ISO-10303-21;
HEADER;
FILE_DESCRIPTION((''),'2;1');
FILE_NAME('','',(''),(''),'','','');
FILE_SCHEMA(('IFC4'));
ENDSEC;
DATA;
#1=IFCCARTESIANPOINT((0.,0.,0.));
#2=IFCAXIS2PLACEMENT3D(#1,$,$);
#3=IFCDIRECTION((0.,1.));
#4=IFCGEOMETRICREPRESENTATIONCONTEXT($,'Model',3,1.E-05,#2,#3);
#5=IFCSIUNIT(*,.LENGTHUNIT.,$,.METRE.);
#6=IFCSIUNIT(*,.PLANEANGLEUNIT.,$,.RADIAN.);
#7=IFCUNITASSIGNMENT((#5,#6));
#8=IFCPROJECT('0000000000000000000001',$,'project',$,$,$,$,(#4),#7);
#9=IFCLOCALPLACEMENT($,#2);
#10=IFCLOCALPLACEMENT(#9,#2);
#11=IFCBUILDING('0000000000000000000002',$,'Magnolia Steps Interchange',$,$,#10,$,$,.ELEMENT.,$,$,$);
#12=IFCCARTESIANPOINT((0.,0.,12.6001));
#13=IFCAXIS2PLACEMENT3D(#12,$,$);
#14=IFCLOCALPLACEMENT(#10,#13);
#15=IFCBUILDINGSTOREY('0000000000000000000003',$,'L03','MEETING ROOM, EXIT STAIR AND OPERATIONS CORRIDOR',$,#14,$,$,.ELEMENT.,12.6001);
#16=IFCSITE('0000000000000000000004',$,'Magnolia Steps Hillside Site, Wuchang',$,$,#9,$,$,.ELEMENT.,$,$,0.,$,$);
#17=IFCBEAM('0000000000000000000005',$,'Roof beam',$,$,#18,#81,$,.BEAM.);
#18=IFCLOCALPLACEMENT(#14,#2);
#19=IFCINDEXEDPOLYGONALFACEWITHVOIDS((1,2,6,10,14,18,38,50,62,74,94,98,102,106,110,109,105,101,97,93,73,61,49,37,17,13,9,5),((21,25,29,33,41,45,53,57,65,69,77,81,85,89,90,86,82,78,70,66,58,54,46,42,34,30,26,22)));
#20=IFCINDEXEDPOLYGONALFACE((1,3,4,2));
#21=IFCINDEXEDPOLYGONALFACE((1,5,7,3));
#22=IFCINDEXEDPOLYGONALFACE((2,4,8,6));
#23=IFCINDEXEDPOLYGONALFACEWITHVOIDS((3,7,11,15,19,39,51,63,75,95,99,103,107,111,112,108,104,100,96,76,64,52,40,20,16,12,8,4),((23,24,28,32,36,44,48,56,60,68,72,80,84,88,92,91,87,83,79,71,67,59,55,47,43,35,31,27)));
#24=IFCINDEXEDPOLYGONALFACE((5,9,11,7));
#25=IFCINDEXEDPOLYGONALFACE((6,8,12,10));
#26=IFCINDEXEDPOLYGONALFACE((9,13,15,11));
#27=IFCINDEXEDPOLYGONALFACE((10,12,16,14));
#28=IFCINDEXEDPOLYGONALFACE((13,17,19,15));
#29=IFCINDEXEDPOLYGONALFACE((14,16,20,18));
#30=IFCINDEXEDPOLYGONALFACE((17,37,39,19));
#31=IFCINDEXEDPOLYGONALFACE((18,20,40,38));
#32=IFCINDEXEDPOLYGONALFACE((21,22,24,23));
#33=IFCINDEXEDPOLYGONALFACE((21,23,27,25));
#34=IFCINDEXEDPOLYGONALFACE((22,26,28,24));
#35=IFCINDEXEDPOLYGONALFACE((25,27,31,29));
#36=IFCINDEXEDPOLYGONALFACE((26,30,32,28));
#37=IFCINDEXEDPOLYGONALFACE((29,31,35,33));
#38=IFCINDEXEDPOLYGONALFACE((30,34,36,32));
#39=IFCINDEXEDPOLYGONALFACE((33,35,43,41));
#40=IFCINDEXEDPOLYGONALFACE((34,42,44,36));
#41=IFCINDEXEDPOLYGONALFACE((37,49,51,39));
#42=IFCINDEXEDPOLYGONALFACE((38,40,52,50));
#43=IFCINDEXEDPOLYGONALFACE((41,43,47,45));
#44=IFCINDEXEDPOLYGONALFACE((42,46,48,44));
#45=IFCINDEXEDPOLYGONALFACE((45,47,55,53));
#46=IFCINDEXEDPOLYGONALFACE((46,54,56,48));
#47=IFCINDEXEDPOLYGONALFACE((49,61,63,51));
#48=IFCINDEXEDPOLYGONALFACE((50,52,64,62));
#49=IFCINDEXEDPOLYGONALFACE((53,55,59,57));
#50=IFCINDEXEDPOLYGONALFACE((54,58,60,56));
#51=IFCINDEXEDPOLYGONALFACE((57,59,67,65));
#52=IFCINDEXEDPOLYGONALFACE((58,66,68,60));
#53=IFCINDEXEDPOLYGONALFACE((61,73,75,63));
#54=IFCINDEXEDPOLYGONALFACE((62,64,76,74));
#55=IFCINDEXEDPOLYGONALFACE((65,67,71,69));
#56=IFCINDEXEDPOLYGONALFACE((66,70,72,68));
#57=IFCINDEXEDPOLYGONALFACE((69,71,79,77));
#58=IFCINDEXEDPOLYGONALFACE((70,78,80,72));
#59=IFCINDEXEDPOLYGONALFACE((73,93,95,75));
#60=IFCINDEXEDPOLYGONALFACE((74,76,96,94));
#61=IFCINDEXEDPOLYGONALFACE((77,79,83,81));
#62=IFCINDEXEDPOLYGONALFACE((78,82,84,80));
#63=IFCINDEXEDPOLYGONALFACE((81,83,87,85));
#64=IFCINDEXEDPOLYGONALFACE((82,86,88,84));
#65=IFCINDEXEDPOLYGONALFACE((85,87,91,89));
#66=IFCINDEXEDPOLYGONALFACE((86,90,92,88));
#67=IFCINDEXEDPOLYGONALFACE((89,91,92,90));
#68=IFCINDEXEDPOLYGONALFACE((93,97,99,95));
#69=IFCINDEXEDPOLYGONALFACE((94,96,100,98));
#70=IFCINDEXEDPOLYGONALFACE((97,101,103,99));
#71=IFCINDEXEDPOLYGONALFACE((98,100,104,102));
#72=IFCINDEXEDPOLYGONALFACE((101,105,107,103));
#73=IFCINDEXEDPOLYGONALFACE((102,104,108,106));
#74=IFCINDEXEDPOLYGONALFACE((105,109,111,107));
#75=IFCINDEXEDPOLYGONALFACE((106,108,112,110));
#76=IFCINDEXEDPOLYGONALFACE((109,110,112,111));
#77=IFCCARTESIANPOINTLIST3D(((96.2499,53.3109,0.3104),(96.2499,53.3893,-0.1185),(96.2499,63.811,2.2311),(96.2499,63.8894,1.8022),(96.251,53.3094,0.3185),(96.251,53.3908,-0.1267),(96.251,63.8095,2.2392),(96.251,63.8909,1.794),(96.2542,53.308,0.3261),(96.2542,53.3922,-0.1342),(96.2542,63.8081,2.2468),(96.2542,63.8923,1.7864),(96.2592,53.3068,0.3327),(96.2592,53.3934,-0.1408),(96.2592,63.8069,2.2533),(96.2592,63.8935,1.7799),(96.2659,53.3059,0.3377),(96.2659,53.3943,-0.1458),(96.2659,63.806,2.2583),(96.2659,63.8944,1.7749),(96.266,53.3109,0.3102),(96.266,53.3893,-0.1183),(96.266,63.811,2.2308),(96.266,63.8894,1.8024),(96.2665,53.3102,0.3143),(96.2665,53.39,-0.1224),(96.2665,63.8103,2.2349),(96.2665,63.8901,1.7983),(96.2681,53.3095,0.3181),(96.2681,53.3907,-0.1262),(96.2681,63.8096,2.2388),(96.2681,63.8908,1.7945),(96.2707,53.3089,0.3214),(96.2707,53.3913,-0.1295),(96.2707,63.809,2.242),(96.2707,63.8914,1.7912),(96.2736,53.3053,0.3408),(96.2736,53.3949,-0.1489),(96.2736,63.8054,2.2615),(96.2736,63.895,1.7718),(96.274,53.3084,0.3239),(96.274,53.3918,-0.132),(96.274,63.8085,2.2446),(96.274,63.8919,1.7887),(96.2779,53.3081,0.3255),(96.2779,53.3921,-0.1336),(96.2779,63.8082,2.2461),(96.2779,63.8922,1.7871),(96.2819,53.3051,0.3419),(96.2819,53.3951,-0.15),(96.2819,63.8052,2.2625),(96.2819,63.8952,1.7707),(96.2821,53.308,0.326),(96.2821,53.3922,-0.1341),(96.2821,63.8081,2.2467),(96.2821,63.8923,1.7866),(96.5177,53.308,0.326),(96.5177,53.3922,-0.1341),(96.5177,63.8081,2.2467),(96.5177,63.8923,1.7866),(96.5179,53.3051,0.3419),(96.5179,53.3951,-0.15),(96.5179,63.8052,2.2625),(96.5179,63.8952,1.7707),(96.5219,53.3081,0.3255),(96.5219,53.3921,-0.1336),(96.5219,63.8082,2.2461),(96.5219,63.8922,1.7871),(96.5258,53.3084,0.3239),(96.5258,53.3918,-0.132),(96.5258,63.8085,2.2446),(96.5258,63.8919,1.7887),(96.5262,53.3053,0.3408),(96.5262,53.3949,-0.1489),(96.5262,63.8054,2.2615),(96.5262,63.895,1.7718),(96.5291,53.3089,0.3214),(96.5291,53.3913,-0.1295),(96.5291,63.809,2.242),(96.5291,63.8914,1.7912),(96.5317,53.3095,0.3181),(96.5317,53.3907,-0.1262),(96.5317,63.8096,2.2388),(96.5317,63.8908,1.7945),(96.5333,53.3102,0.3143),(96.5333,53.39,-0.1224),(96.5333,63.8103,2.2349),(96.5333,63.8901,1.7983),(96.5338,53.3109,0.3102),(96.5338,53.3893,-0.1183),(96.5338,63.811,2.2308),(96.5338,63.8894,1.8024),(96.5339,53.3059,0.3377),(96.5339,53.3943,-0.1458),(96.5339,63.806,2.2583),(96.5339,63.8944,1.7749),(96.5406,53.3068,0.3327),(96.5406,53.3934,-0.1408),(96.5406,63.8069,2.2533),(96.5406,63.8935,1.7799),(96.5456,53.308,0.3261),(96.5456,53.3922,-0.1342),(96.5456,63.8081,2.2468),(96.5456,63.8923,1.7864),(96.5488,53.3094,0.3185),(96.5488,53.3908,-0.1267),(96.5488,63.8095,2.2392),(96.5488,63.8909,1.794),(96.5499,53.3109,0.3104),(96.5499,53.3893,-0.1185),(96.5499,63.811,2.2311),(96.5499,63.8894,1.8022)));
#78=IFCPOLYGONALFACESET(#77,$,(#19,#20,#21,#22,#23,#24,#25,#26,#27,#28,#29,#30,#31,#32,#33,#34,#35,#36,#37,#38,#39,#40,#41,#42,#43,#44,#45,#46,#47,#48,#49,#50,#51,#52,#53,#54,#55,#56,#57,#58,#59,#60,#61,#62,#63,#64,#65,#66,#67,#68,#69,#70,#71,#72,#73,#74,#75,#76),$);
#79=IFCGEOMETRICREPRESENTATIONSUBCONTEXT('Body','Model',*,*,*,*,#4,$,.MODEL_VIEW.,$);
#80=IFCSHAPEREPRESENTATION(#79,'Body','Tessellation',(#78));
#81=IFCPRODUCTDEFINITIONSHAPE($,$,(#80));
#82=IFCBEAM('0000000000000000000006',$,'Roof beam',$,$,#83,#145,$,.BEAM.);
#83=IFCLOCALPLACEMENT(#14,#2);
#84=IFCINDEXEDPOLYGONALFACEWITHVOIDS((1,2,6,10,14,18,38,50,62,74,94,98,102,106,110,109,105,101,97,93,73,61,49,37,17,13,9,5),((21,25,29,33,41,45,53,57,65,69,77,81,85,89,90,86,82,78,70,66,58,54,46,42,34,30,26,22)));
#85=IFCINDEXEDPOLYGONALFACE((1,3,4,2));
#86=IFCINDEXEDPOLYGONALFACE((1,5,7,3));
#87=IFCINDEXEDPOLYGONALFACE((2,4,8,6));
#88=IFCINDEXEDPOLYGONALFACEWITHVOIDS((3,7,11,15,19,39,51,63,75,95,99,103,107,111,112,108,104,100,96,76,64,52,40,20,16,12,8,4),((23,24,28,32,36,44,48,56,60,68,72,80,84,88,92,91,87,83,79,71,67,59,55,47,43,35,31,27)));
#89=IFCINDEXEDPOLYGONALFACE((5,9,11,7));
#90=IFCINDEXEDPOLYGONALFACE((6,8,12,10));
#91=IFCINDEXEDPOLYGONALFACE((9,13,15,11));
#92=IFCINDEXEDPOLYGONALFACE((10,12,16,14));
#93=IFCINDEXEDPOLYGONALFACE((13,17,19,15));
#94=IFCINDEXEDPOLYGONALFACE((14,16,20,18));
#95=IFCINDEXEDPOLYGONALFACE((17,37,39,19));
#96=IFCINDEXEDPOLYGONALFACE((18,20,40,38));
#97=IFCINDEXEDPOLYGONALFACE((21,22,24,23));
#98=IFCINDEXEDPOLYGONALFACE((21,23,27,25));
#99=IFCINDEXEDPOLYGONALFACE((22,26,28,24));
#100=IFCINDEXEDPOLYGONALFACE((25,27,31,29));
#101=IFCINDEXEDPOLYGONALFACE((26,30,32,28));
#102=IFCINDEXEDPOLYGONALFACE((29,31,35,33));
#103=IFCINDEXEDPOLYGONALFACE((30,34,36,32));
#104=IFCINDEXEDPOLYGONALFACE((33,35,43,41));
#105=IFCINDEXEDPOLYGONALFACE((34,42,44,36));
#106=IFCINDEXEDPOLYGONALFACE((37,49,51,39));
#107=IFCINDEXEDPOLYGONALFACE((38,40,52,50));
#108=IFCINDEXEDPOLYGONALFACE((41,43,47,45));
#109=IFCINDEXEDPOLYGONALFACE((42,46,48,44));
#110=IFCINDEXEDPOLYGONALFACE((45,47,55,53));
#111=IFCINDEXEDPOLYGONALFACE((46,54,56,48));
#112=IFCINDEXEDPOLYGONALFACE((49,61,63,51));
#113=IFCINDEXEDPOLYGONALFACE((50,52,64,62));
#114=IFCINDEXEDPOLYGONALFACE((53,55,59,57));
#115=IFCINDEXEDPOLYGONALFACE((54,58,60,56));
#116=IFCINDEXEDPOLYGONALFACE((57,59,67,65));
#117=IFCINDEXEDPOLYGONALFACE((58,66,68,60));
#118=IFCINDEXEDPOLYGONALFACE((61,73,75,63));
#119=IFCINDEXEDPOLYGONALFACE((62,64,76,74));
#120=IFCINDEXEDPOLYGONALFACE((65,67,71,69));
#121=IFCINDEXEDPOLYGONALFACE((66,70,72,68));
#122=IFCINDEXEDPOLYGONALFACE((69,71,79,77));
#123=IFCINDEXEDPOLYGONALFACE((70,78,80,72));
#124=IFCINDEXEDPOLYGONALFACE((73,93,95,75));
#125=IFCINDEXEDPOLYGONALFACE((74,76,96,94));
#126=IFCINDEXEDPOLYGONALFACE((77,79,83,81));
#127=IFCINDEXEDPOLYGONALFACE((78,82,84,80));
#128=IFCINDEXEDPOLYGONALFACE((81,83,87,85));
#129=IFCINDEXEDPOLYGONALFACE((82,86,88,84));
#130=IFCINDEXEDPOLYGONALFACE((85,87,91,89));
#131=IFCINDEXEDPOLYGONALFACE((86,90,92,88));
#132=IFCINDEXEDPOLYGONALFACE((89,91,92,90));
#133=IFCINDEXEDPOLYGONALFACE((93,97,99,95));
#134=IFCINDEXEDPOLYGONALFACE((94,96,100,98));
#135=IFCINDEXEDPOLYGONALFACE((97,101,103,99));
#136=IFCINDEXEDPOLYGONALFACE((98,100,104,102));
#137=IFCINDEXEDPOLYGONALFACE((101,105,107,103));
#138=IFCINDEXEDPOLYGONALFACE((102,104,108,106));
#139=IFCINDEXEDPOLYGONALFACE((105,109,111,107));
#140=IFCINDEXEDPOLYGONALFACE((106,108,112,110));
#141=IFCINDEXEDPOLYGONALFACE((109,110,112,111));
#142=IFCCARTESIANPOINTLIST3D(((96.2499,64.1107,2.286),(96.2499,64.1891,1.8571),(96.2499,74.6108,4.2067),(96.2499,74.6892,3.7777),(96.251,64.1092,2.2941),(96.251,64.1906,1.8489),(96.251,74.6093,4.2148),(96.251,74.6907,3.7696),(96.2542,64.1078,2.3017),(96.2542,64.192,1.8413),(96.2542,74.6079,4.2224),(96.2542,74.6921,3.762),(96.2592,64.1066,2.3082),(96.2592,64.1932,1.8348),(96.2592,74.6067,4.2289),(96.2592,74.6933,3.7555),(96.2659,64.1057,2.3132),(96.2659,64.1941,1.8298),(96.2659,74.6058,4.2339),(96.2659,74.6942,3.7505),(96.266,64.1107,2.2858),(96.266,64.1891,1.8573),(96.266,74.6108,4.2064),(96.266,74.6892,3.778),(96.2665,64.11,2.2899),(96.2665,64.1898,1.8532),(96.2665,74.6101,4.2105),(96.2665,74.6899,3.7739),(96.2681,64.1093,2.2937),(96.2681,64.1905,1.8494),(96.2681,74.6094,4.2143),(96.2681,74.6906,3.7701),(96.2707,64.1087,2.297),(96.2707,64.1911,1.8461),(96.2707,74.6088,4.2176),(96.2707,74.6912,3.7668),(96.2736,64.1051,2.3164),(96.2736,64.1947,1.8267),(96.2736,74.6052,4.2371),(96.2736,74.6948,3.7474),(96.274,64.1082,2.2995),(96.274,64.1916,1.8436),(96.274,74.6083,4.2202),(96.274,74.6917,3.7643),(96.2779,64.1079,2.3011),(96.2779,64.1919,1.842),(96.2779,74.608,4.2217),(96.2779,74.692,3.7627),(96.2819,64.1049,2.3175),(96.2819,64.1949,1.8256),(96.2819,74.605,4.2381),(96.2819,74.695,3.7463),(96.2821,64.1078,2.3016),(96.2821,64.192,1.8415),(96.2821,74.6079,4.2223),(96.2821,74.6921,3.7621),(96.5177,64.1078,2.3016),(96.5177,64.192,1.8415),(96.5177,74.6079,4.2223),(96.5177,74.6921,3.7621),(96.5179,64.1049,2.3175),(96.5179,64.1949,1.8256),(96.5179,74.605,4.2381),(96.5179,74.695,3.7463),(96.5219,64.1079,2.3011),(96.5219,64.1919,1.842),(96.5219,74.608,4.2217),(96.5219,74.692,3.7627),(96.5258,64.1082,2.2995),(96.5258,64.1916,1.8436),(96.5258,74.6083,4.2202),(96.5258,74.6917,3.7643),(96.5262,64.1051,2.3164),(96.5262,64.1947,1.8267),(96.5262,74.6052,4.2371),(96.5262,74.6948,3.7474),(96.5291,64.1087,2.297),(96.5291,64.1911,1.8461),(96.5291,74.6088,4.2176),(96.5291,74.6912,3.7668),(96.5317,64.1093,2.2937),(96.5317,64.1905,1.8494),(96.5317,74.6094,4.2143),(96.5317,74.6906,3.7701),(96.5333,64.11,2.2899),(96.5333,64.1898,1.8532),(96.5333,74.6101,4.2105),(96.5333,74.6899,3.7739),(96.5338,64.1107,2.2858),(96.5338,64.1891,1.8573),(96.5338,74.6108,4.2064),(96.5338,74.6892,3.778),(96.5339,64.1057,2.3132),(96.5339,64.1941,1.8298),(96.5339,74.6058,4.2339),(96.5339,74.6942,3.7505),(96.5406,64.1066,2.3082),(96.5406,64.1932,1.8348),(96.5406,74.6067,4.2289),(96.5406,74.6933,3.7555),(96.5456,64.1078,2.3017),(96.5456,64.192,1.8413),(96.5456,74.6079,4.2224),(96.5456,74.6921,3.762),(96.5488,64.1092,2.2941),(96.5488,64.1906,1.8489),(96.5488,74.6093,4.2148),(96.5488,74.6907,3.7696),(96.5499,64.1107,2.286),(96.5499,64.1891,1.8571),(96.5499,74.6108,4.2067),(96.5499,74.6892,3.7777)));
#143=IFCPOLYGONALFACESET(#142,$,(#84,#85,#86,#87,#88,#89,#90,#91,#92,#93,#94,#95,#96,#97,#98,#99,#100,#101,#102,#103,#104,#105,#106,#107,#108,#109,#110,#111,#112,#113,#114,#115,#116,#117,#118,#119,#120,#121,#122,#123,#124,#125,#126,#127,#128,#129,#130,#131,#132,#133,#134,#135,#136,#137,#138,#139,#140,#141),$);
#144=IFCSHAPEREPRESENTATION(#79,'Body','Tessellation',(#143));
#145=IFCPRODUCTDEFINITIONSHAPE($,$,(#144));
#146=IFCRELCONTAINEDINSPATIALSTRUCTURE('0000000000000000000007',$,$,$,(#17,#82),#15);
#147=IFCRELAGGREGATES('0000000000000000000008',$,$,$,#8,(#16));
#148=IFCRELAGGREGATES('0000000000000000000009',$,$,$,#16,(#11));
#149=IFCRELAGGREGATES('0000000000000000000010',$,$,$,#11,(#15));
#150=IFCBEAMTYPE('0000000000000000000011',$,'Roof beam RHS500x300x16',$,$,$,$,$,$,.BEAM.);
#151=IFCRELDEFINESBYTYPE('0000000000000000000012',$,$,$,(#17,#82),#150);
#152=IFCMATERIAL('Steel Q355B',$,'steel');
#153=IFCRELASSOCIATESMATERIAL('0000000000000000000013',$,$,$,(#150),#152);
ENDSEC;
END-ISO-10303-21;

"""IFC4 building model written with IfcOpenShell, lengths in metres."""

from ifc_helpers import new_model, si_unit, direction, frame, origin, origin_2d, place, context, subcontext, project, spatial, hollow_rectangle, extrude, material, material_profile, profile_set, type_object, element, save


model = new_model("IFC4")

# Units and contexts
model_context = context("Model", 3, precision=1e-05, world=origin(), true_north=direction((0.0, 1.0)))
body_context = subcontext(model_context, "Body", "Model", "MODEL_VIEW")
ifc_project = project(units=[si_unit("LENGTHUNIT", "METRE"), si_unit("PLANEANGLEUNIT", "RADIAN")], contexts=[model_context])

# Site, building, storey
site_placement = place(None, origin())
site = spatial("IfcSite", under=ifc_project, at=site_placement, Name="Magnolia Steps Hillside Site, Wuchang", CompositionType="ELEMENT", RefElevation=0.0)
building_placement = place(site_placement, origin())
building = spatial("IfcBuilding", under=site, at=building_placement, Name="Magnolia Steps Interchange", CompositionType="ELEMENT")
storey_placement = place(building_placement, frame((0.0, 0.0, 12.6001)))
storey = spatial("IfcBuildingStorey", under=building, at=storey_placement, Name="L03", Description="MEETING ROOM, EXIT STAIR AND OPERATIONS CORRIDOR", CompositionType="ELEMENT", Elevation=12.6001)

# Beams
ifc_material_1 = material(Name="Steel Q355B", Category="steel")
ifc_material_profile_1 = material_profile(ifc_material_1, hollow_rectangle(XDim=0.3, YDim=0.5, WallThickness=0.0161, InnerFilletRadius=0.0161, OuterFilletRadius=0.032, at=origin_2d()), Name="RHS500x300x16")
ifc_profile_set_1 = profile_set([ifc_material_profile_1], Name="Steel Q355B")
beam_type_1 = type_object("IfcBeamType", Name="Roof beam RHS500x300x16", PredefinedType="BEAM", material=ifc_profile_set_1)
for number, where, z_axis, x_axis, name in (
    (1, (96.3999, 53.3501, 0.0959), (0.0, 0.983679, 0.179934), (-1.0, 0.0, 0.0), "Roof beam"),
    (2, (96.3999, 64.1499, 2.0715), (0.0, 0.983679, 0.179934), (-1.0, 0.0, 0.0), "Roof beam"),
):
    element("IfcBeam", number, at=place(storey_placement, frame(where, z_axis=z_axis, x_axis=x_axis)), inside=storey, type_object=beam_type_1, Name=name, PredefinedType="BEAM", context=body_context, shape_type="SweptSolid", body=[
        extrude(hollow_rectangle(XDim=0.3, YDim=0.5, WallThickness=0.0161, InnerFilletRadius=0.0161, OuterFilletRadius=0.032, at=origin_2d()), origin(), (0.0, 0.0, 1.0), 10.6743),
    ])

save(model, "model.ifc")
